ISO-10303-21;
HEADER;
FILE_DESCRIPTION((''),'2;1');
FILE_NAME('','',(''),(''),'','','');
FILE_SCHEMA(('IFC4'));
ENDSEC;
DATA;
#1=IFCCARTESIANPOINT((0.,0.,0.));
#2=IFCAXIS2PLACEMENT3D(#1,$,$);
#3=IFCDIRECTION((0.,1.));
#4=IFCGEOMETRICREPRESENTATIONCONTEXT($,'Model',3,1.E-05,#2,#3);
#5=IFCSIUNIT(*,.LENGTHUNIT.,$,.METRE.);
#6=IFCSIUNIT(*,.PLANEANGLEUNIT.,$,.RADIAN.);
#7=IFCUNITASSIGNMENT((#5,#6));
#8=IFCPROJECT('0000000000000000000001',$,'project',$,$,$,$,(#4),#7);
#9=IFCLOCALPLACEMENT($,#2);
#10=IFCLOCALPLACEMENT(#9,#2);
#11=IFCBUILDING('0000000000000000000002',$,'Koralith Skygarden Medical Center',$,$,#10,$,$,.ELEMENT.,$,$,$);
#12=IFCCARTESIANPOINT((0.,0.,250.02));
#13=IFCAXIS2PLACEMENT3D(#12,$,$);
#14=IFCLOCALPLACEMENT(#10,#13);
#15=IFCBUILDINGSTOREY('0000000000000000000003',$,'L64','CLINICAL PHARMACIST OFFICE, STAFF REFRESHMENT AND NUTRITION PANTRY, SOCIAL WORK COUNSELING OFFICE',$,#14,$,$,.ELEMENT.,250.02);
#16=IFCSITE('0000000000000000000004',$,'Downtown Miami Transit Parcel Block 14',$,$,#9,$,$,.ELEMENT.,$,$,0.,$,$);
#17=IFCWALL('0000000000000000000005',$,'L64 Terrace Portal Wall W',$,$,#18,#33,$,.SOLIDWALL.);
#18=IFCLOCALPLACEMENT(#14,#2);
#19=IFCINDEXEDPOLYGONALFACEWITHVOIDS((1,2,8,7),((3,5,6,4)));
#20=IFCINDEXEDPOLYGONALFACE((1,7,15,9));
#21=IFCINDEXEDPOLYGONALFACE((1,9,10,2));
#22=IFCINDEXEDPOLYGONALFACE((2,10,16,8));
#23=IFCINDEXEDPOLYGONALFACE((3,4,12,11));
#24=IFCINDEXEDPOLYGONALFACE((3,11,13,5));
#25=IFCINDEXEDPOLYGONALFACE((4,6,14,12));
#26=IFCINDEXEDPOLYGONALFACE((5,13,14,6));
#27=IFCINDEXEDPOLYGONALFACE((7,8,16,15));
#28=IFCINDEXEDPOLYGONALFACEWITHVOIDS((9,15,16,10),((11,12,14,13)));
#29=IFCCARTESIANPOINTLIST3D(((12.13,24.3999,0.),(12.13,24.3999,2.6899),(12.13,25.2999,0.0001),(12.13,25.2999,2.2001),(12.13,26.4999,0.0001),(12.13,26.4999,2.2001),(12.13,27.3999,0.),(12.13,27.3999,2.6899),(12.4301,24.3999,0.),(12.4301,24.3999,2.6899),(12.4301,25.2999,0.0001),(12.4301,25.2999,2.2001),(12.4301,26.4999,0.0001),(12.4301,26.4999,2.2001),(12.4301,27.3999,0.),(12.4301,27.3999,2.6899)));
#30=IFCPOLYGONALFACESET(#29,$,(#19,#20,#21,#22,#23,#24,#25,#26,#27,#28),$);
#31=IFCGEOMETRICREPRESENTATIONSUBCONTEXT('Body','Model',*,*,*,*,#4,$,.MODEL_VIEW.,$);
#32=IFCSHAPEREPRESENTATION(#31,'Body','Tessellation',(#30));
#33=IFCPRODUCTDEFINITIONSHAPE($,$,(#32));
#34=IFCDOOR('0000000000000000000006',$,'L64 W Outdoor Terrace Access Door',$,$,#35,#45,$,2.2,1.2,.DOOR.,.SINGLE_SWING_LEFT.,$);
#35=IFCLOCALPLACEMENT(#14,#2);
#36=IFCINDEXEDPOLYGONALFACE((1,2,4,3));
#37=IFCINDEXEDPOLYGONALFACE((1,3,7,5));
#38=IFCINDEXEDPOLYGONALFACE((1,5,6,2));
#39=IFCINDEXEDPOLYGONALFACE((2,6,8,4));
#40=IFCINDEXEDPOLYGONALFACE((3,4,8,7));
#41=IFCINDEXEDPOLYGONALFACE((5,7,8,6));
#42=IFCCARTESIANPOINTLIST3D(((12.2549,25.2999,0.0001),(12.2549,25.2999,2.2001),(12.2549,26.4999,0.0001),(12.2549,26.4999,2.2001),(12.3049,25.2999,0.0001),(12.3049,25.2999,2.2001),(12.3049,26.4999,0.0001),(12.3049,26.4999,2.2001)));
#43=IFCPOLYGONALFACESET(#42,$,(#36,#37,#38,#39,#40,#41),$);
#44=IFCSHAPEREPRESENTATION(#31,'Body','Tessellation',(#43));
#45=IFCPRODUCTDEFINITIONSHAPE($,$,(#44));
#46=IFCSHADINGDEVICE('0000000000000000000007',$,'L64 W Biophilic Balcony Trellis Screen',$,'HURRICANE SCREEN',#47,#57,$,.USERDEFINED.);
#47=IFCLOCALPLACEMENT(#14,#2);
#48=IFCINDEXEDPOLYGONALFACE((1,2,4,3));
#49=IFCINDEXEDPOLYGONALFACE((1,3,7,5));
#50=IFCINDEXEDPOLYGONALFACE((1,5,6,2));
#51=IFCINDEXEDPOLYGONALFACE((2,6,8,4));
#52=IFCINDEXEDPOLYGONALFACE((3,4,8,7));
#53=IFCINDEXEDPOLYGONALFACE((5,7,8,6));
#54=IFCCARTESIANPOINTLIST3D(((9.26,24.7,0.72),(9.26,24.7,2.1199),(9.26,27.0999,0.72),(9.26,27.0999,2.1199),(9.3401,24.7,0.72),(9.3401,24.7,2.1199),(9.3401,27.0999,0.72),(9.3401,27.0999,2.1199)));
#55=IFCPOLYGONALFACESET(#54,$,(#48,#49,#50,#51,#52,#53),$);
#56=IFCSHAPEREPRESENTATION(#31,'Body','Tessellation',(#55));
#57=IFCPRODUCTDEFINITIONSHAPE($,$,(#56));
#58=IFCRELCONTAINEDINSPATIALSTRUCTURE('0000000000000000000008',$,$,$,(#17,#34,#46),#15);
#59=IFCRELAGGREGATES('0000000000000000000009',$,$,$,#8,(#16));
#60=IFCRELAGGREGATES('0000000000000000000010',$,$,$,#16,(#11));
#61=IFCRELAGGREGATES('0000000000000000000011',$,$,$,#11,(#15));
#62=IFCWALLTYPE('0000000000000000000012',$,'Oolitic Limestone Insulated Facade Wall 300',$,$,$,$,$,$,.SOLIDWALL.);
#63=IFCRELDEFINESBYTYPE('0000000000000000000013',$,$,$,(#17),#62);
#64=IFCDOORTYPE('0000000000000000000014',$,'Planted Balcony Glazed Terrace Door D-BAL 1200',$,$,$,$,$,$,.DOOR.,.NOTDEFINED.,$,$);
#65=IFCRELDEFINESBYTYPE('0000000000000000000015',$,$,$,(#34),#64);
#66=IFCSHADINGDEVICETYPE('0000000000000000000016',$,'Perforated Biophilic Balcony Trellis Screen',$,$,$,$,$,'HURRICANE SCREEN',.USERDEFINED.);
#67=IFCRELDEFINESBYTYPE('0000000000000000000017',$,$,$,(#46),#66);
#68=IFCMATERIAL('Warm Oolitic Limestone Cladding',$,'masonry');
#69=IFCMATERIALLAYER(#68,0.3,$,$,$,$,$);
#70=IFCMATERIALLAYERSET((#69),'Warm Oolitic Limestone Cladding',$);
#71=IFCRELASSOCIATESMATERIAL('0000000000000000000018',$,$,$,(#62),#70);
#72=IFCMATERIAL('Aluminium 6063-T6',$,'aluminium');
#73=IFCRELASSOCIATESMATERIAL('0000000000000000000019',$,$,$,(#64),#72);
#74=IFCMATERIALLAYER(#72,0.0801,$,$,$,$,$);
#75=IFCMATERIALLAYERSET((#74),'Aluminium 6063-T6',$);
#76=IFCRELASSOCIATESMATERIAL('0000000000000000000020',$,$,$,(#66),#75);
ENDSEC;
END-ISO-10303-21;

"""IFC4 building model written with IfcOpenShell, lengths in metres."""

from ifc_helpers import new_model, si_unit, direction, frame, frame_2d, origin, origin_2d, place, context, subcontext, project, spatial, rectangle, extrude, material, layer, layer_set, type_object, element, fill, save


model = new_model("IFC4")

# Units and contexts
model_context = context("Model", 3, precision=1e-05, world=origin(), true_north=direction((0.0, 1.0)))
body_context = subcontext(model_context, "Body", "Model", "MODEL_VIEW")
ifc_project = project(units=[si_unit("LENGTHUNIT", "METRE"), si_unit("PLANEANGLEUNIT", "RADIAN")], contexts=[model_context])

# Site, building, storey
site_placement = place(None, origin())
site = spatial("IfcSite", under=ifc_project, at=site_placement, Name="Downtown Miami Transit Parcel Block 14", CompositionType="ELEMENT", RefElevation=0.0)
building_placement = place(site_placement, origin())
building = spatial("IfcBuilding", under=site, at=building_placement, Name="Koralith Skygarden Medical Center", CompositionType="ELEMENT")
storey_placement = place(building_placement, frame((0.0, 0.0, 250.02)))
storey = spatial("IfcBuildingStorey", under=building, at=storey_placement, Name="L64", Description="CLINICAL PHARMACIST OFFICE, STAFF REFRESHMENT AND NUTRITION PANTRY, SOCIAL WORK COUNSELING OFFICE", CompositionType="ELEMENT", Elevation=250.02)

# Shared definitions
ifc_material_1 = material(Name="Aluminium 6063-T6", Category="aluminium")

# Shared definitions
ifc_material_2 = material(Name="Warm Oolitic Limestone Cladding", Category="masonry")

# Wall, opening, door
ifc_layer_1 = layer(ifc_material_2, 0.3)
ifc_layer_set_1 = layer_set([ifc_layer_1], Name="Warm Oolitic Limestone Cladding")
wall_type_1 = type_object("IfcWallType", Name="Oolitic Limestone Insulated Facade Wall 300", PredefinedType="SOLIDWALL", material=ifc_layer_set_1)
wall_1_placement = place(storey_placement, frame((12.28, 27.3999, 0.0), z_axis=(0.0, 0.0, 1.0), x_axis=(0.0, -1.0, 0.0)))
wall_1 = element("IfcWall", 1, at=wall_1_placement, inside=storey, type_object=wall_type_1, Name="L64 Terrace Portal Wall W", PredefinedType="SOLIDWALL", context=body_context, shape_type="SweptSolid", body=[
    extrude(rectangle(XDim=3.0, YDim=0.3, at=frame_2d((1.5, 0.0))), origin(), (0.0, 0.0, 1.0), 2.6899),
])
opening_1_placement = place(wall_1_placement, frame((0.8999, 0.0, 0.0)))
opening_1 = element("IfcOpeningElement", 2, at=opening_1_placement, cuts=wall_1, PredefinedType="OPENING", context=body_context, shape_type="SweptSolid", body=[
    extrude(rectangle(XDim=1.2, YDim=2.2, at=frame_2d((0.6001, 1.1001))), frame((0.0, 0.1599, 0.0), z_axis=(0.0, -1.0, 0.0), x_axis=(1.0, 0.0, 0.0)), (0.0, 0.0, 1.0), 0.3201),
])
door_type_1 = type_object("IfcDoorType", Name="Planted Balcony Glazed Terrace Door D-BAL 1200", OperationType="NOTDEFINED", PredefinedType="DOOR", material=ifc_material_1)
door_1_placement = place(opening_1_placement, origin())
door_1 = element("IfcDoor", 3, at=door_1_placement, inside=storey, type_object=door_type_1, Name="L64 W Outdoor Terrace Access Door", OperationType="SINGLE_SWING_LEFT", OverallHeight=2.2, OverallWidth=1.2, PredefinedType="DOOR", context=body_context, shape_type="SweptSolid", body=[
    extrude(rectangle(XDim=1.2, YDim=2.2, at=frame_2d((0.6001, 1.1001))), frame((0.0, 0.0249, 0.0), z_axis=(0.0, -1.0, 0.0), x_axis=(1.0, 0.0, 0.0)), (0.0, 0.0, 1.0), 0.05),
])
fill(opening_1, door_1)

# Shading device
ifc_layer_2 = layer(ifc_material_1, 0.0801)
ifc_layer_set_2 = layer_set([ifc_layer_2], Name="Aluminium 6063-T6")
shading_device_type = type_object("IfcShadingDeviceType", Name="Perforated Biophilic Balcony Trellis Screen", ElementType="HURRICANE SCREEN", PredefinedType="USERDEFINED", material=ifc_layer_set_2)
shading_device_placement = place(storey_placement, frame((9.3, 25.8999, 0.72), z_axis=(0.0, 0.0, 1.0), x_axis=(0.0, 1.0, 0.0)))
element("IfcShadingDevice", 4, at=shading_device_placement, inside=storey, type_object=shading_device_type, Name="L64 W Biophilic Balcony Trellis Screen", ObjectType="HURRICANE SCREEN", PredefinedType="USERDEFINED", context=body_context, shape_type="SweptSolid", body=[
    extrude(rectangle(XDim=2.3999, YDim=0.0801, at=origin_2d()), origin(), (0.0, 0.0, 1.0), 1.3999),
])

save(model, "model.ifc")
